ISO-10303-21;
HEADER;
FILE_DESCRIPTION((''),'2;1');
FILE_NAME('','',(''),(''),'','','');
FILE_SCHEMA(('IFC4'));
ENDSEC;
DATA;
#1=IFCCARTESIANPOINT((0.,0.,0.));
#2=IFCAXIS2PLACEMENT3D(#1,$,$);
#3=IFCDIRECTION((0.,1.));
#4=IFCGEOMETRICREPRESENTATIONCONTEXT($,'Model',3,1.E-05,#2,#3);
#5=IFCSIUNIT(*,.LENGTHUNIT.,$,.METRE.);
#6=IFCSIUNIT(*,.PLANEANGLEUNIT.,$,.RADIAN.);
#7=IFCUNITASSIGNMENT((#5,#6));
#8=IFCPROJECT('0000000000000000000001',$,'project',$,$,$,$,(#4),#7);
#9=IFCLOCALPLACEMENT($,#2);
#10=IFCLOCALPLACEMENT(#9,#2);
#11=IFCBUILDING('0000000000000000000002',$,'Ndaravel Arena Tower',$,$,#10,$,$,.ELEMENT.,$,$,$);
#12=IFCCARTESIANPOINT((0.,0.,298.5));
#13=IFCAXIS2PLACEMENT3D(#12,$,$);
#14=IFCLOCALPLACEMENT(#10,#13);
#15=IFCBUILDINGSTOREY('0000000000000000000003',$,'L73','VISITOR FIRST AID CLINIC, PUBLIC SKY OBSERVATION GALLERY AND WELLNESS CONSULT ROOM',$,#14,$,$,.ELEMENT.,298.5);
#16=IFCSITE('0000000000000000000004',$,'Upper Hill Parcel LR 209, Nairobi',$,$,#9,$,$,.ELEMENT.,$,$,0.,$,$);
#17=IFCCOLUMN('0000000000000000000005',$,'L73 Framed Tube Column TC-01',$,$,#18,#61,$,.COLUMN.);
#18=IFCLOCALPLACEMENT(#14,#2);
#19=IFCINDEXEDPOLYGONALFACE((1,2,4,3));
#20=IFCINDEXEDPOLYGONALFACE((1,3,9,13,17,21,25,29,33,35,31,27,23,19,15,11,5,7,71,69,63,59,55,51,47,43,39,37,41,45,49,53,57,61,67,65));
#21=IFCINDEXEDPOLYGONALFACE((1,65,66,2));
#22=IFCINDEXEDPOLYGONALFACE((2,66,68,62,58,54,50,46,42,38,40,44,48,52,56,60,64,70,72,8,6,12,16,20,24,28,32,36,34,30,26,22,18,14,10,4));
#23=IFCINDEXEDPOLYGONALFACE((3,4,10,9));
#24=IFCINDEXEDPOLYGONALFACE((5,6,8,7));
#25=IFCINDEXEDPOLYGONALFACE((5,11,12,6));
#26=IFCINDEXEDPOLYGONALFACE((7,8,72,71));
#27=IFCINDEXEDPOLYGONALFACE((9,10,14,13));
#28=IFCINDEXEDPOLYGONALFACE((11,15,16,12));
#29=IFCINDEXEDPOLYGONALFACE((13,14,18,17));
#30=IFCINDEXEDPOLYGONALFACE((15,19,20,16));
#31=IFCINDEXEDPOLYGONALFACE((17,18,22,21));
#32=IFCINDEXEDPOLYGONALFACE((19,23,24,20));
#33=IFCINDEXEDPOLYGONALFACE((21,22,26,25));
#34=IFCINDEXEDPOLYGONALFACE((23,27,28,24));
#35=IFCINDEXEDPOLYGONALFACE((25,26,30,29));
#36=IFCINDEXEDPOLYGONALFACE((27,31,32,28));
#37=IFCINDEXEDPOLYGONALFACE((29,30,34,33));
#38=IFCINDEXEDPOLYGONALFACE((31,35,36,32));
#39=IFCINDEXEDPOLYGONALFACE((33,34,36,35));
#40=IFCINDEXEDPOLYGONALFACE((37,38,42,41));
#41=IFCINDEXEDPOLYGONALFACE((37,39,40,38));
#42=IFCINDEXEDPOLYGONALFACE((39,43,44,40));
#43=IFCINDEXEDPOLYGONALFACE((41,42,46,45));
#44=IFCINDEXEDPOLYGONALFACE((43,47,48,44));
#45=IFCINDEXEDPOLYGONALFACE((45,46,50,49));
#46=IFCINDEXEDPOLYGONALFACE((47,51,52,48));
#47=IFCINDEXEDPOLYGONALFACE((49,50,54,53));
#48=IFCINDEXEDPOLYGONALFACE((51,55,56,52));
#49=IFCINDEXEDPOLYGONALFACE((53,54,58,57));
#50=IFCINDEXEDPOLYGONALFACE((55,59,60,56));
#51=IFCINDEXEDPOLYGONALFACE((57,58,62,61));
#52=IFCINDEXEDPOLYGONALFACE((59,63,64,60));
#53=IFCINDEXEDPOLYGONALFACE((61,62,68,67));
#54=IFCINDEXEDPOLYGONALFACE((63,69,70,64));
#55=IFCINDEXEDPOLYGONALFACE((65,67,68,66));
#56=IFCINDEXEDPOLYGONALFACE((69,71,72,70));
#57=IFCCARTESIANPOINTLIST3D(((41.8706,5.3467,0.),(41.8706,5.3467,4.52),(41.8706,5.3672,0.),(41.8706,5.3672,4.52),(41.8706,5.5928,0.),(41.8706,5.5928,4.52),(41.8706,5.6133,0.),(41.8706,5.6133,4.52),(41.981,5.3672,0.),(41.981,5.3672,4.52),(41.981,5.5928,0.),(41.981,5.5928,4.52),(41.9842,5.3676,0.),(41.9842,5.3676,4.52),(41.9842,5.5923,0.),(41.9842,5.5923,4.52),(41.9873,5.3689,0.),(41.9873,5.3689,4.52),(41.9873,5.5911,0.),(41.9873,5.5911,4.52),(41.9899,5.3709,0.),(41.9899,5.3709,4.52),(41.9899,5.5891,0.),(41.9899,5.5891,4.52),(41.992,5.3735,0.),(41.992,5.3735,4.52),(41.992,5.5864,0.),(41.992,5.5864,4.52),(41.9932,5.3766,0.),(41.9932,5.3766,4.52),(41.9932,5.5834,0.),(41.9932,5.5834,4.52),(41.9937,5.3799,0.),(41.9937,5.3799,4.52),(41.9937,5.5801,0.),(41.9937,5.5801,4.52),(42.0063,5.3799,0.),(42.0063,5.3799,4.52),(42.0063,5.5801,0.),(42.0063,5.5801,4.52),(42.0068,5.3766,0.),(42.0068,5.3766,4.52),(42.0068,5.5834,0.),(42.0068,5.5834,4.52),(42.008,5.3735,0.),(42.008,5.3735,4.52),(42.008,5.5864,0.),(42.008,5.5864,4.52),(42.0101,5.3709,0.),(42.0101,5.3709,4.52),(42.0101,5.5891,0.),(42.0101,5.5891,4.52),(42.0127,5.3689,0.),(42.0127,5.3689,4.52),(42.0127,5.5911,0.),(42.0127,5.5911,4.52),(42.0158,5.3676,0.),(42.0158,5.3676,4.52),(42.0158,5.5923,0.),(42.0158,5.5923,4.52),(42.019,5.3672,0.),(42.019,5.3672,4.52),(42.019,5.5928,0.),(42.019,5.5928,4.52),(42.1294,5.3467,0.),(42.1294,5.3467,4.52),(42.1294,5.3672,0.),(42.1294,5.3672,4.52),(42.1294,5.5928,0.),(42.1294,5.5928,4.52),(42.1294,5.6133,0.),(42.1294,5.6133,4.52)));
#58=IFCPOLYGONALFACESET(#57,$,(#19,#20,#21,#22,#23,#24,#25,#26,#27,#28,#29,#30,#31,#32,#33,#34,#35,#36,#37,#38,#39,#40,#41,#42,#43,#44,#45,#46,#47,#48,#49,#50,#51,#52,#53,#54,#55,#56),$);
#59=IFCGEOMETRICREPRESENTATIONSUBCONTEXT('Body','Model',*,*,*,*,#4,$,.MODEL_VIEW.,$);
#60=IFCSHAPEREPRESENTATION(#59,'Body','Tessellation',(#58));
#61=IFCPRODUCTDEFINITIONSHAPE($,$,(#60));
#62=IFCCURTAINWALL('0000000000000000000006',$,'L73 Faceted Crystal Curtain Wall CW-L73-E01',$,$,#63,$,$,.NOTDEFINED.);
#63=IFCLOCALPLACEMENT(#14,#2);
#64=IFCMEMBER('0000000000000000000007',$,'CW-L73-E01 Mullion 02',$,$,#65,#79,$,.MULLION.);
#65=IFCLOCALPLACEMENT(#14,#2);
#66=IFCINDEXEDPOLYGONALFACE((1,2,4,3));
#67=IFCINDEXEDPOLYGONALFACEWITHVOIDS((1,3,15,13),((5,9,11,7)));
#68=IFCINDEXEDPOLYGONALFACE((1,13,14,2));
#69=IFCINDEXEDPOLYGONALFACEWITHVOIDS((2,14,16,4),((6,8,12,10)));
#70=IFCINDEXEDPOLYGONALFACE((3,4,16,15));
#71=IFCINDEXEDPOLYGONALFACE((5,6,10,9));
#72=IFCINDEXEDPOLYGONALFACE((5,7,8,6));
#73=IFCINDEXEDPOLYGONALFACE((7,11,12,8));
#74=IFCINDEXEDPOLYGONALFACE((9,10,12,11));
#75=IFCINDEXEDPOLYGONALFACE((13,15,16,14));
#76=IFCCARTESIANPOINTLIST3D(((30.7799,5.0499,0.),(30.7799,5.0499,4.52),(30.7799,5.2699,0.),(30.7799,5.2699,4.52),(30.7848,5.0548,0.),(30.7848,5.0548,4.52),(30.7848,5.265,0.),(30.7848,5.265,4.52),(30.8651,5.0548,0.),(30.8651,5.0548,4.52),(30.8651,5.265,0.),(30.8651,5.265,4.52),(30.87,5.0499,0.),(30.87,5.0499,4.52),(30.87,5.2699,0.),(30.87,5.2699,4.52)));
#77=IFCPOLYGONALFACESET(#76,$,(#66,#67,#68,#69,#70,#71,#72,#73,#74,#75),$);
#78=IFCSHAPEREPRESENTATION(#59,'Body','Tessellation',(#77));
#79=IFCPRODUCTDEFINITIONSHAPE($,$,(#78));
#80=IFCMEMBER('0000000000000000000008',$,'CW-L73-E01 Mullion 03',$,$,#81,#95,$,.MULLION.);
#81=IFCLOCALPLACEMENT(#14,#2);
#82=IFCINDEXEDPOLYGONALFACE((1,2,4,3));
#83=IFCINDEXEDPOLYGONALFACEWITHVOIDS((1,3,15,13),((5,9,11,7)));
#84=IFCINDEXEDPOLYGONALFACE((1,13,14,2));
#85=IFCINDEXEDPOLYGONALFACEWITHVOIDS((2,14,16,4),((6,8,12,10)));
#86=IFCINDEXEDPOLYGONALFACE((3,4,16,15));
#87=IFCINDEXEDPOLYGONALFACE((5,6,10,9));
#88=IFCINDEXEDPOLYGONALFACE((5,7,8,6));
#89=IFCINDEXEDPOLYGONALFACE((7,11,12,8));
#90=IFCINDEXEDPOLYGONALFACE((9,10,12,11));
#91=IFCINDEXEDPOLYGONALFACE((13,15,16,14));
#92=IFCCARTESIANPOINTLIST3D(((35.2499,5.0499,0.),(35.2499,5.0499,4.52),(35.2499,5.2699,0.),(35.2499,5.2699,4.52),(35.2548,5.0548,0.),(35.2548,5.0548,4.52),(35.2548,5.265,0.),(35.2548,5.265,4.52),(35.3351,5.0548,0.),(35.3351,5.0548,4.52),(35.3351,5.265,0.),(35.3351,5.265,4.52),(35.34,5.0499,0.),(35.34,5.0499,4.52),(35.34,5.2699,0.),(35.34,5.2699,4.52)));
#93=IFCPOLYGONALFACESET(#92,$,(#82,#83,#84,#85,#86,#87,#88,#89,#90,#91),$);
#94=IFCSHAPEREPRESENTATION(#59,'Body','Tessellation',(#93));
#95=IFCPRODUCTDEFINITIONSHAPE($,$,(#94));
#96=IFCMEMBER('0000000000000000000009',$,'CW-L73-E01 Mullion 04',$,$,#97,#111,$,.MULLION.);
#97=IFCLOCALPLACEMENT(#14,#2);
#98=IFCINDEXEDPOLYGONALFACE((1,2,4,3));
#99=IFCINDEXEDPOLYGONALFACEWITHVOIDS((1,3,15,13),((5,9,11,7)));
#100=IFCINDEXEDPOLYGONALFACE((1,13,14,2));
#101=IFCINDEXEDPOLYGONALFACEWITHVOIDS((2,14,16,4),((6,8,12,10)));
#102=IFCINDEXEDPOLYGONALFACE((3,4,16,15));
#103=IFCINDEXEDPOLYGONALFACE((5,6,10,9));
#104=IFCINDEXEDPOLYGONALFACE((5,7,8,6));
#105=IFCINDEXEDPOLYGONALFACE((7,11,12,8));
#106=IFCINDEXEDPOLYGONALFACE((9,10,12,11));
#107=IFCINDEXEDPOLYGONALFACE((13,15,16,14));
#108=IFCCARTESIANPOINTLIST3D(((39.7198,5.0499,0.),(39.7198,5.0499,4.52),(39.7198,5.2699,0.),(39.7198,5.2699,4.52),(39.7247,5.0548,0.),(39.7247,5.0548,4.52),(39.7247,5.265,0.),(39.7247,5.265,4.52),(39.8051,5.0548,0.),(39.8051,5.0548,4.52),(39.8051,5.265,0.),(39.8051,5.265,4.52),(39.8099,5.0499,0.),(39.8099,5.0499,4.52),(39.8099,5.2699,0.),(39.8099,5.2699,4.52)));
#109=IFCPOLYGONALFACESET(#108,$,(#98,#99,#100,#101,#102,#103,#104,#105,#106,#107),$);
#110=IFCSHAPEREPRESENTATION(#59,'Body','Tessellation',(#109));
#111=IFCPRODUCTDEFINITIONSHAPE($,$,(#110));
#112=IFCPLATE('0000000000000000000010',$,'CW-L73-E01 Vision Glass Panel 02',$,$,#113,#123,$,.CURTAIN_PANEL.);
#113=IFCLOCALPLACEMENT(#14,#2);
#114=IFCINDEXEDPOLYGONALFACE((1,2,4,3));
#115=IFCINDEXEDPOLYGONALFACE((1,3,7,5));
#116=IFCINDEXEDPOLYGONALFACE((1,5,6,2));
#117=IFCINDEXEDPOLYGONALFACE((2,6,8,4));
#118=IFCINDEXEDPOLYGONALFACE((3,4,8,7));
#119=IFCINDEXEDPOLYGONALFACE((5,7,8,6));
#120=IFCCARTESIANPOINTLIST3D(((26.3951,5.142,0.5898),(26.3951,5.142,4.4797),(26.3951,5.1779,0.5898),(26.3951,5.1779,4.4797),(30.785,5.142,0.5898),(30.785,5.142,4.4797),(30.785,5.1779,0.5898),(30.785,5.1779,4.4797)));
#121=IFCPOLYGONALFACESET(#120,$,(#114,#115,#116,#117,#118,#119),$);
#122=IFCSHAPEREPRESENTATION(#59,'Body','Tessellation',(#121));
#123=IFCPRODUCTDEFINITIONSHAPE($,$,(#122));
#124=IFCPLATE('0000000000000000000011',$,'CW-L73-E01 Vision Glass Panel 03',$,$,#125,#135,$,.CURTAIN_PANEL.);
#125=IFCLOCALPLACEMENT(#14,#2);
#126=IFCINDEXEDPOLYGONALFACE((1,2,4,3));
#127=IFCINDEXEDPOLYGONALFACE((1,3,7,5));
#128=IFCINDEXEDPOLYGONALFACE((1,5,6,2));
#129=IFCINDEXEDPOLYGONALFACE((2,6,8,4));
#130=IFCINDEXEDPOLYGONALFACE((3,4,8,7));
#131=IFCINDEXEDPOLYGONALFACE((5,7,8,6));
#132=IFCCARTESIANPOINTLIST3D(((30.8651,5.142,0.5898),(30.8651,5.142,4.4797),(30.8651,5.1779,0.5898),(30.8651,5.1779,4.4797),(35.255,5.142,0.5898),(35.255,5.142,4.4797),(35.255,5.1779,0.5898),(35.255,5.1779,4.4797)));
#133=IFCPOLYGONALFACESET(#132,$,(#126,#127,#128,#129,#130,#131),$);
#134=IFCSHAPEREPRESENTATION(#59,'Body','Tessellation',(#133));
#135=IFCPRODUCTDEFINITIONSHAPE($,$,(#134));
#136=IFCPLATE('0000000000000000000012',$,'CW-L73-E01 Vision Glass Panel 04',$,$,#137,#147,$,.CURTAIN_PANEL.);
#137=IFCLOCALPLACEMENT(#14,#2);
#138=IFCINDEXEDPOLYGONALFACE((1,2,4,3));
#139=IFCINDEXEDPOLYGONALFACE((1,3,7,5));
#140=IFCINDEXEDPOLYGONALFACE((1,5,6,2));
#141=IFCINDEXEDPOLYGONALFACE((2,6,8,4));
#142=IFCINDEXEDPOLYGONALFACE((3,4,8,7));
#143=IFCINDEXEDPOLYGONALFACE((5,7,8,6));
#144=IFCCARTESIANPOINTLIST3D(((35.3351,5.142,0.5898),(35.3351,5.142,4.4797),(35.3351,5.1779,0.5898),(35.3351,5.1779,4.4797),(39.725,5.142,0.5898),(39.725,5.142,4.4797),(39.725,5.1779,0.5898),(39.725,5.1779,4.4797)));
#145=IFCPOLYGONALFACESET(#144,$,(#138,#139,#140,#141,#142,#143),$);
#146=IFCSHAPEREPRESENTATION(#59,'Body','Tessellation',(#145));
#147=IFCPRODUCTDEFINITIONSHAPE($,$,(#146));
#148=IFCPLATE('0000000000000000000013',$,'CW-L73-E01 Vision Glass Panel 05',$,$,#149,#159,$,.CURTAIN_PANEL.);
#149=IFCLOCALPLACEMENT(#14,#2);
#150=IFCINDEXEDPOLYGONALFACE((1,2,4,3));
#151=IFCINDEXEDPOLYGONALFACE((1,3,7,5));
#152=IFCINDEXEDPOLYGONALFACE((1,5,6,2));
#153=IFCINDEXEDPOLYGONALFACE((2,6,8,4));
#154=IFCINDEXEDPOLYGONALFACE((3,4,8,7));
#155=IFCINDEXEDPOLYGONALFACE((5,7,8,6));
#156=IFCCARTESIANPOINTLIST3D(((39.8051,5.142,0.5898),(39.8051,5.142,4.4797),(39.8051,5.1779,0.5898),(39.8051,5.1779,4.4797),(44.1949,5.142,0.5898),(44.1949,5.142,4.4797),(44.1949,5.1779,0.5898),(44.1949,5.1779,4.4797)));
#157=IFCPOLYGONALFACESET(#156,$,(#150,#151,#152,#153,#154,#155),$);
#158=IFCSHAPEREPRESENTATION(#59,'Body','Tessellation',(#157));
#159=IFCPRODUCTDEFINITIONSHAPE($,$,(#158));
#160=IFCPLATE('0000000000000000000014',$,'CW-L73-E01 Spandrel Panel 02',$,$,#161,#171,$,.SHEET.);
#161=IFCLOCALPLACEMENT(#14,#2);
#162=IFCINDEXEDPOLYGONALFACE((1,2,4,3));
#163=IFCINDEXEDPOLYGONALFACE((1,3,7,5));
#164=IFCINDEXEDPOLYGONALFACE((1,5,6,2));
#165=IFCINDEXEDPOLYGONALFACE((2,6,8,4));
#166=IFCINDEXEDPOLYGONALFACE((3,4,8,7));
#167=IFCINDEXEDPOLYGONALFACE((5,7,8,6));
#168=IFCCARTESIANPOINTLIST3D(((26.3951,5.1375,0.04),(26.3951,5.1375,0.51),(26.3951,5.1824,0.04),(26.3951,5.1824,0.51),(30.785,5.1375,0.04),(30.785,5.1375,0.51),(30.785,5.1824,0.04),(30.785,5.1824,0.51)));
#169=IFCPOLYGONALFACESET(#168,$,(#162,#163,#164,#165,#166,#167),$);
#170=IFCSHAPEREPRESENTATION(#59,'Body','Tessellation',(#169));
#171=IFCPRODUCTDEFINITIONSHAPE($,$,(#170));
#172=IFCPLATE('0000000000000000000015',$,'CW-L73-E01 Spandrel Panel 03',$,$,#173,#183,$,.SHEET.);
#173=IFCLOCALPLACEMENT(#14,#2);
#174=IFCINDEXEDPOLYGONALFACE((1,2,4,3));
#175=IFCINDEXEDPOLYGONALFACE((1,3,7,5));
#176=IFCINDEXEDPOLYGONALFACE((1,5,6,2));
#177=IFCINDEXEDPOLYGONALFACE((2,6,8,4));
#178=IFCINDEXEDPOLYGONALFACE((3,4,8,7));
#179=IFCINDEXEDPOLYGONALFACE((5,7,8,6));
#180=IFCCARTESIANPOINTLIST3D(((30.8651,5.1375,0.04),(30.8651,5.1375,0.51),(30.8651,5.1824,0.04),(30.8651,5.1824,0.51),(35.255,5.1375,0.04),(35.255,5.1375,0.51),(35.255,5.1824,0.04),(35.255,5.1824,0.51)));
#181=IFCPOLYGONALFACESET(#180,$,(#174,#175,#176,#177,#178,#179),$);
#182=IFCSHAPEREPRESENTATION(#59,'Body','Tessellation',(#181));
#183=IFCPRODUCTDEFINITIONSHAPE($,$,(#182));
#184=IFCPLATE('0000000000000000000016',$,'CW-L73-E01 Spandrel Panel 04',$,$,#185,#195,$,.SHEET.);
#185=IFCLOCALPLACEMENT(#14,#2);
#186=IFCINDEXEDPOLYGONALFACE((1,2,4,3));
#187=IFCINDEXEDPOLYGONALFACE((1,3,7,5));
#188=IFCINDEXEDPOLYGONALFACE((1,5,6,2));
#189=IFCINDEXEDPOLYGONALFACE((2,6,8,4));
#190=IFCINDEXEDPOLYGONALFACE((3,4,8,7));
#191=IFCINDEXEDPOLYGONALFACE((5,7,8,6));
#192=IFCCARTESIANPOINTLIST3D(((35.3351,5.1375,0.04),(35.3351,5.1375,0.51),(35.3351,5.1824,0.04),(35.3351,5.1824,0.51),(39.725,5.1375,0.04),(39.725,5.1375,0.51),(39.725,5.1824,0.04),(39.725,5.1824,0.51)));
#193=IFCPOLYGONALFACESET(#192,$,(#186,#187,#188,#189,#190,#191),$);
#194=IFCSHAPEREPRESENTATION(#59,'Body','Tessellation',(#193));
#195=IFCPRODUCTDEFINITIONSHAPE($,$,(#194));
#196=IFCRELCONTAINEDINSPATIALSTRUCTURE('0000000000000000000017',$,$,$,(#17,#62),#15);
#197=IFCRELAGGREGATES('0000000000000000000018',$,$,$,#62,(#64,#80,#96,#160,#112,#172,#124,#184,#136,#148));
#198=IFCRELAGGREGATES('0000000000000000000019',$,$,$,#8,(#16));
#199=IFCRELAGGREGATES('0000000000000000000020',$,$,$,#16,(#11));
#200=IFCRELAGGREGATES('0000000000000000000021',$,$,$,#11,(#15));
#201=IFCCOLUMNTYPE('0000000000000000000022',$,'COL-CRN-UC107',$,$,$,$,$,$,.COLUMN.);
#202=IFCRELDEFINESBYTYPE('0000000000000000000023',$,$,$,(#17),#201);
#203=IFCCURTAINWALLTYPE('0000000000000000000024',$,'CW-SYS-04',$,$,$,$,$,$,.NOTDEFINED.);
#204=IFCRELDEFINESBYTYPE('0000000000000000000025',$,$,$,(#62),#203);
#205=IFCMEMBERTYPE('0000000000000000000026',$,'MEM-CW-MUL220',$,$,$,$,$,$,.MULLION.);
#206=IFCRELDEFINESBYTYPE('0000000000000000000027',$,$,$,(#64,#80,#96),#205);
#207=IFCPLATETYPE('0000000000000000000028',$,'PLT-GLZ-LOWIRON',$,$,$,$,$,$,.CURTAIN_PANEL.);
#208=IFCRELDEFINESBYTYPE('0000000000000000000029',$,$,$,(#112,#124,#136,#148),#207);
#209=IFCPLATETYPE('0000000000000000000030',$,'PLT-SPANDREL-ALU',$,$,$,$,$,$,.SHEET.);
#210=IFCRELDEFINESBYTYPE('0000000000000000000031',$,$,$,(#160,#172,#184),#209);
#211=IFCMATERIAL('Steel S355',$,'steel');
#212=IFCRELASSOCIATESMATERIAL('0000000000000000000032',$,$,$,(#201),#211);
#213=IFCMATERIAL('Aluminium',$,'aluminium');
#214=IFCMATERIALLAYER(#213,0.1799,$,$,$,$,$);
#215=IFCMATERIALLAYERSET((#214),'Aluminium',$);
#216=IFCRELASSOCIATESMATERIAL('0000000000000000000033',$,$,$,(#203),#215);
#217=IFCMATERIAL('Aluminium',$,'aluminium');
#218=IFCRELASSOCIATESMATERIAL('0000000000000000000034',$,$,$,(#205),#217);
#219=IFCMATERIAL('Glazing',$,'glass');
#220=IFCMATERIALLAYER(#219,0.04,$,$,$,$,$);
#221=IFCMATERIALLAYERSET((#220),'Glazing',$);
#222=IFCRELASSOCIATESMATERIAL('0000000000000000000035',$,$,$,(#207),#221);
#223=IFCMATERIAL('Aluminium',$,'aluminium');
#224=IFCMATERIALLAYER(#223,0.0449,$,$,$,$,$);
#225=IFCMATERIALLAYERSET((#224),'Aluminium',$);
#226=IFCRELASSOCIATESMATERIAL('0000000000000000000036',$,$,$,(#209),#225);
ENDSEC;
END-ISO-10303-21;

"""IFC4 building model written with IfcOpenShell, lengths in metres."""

from ifc_helpers import new_model, si_unit, direction, frame, origin, origin_2d, place, context, subcontext, project, spatial, rectangle, hollow_rectangle, i_section, extrude, material, layer, layer_set, material_profile, profile_set, type_object, element, aggregate, save


model = new_model("IFC4")

# Units and contexts
model_context = context("Model", 3, precision=1e-05, world=origin(), true_north=direction((0.0, 1.0)))
body_context = subcontext(model_context, "Body", "Model", "MODEL_VIEW")
ifc_project = project(units=[si_unit("LENGTHUNIT", "METRE"), si_unit("PLANEANGLEUNIT", "RADIAN")], contexts=[model_context])

# Site, building, storey
site_placement = place(None, origin())
site = spatial("IfcSite", under=ifc_project, at=site_placement, Name="Upper Hill Parcel LR 209, Nairobi", CompositionType="ELEMENT", RefElevation=0.0)
building_placement = place(site_placement, origin())
building = spatial("IfcBuilding", under=site, at=building_placement, Name="Ndaravel Arena Tower", CompositionType="ELEMENT")
storey_placement = place(building_placement, frame((0.0, 0.0, 298.5)))
storey = spatial("IfcBuildingStorey", under=building, at=storey_placement, Name="L73", Description="VISITOR FIRST AID CLINIC, PUBLIC SKY OBSERVATION GALLERY AND WELLNESS CONSULT ROOM", CompositionType="ELEMENT", Elevation=298.5)

# Column
ifc_material_1 = material(Name="Steel S355", Category="steel")
ifc_material_profile_1 = material_profile(ifc_material_1, i_section(OverallWidth=0.2588, OverallDepth=0.2666, WebThickness=0.0127, FlangeThickness=0.0205, FilletRadius=0.0127, at=origin_2d()), Name="UC 254x254x107")
ifc_profile_set_1 = profile_set([ifc_material_profile_1], Name="Steel S355")
column_type = type_object("IfcColumnType", Name="COL-CRN-UC107", PredefinedType="COLUMN", material=ifc_profile_set_1)
column_placement = place(storey_placement, frame((42.0, 5.48, 0.0), z_axis=(0.0, 0.0, 1.0), x_axis=(1.0, 0.0, 0.0)))
element("IfcColumn", 1, at=column_placement, inside=storey, type_object=column_type, Name="L73 Framed Tube Column TC-01", PredefinedType="COLUMN", context=body_context, shape_type="SweptSolid", body=[
    extrude(i_section(OverallWidth=0.2588, OverallDepth=0.2666, WebThickness=0.0127, FlangeThickness=0.0205, FilletRadius=0.0127, at=origin_2d()), origin(), (0.0, 0.0, 1.0), 4.52),
])

# Curtain wall, members, plates
ifc_material_2 = material(Name="Aluminium", Category="aluminium")
ifc_layer_1 = layer(ifc_material_2, 0.1799)
ifc_layer_set_1 = layer_set([ifc_layer_1], Name="Aluminium")
curtain_wall_type = type_object("IfcCurtainWallType", Name="CW-SYS-04", PredefinedType="NOTDEFINED", material=ifc_layer_set_1)
curtain_wall_placement = place(storey_placement, origin())
curtain_wall = element("IfcCurtainWall", 2, at=curtain_wall_placement, inside=storey, type_object=curtain_wall_type, Name="L73 Faceted Crystal Curtain Wall CW-L73-E01", PredefinedType="NOTDEFINED")
ifc_material_3 = material(Name="Aluminium", Category="aluminium")
ifc_material_profile_2 = material_profile(ifc_material_3, hollow_rectangle(XDim=0.0901, YDim=0.22, WallThickness=0.0049, at=origin_2d()), Name="CW MULLION 90x220x5")
ifc_profile_set_2 = profile_set([ifc_material_profile_2], Name="Aluminium")
member_type = type_object("IfcMemberType", Name="MEM-CW-MUL220", PredefinedType="MULLION", material=ifc_profile_set_2)
member_1_placement = place(storey_placement, frame((30.825, 5.1599, 0.0), z_axis=(0.0, 0.0, 1.0), x_axis=(1.0, 0.0, 0.0)))
member_1 = element("IfcMember", 3, at=member_1_placement, type_object=member_type, Name="CW-L73-E01 Mullion 02", PredefinedType="MULLION", context=body_context, shape_type="SweptSolid", body=[
    extrude(hollow_rectangle(XDim=0.0901, YDim=0.22, WallThickness=0.0049, at=origin_2d()), origin(), (0.0, 0.0, 1.0), 4.52),
])
member_2_placement = place(storey_placement, frame((35.2949, 5.1599, 0.0), z_axis=(0.0, 0.0, 1.0), x_axis=(1.0, 0.0, 0.0)))
member_2 = element("IfcMember", 4, at=member_2_placement, type_object=member_type, Name="CW-L73-E01 Mullion 03", PredefinedType="MULLION", context=body_context, shape_type="SweptSolid", body=[
    extrude(hollow_rectangle(XDim=0.0901, YDim=0.22, WallThickness=0.0049, at=origin_2d()), origin(), (0.0, 0.0, 1.0), 4.52),
])
member_3_placement = place(storey_placement, frame((39.7649, 5.1599, 0.0), z_axis=(0.0, 0.0, 1.0), x_axis=(1.0, 0.0, 0.0)))
member_3 = element("IfcMember", 5, at=member_3_placement, type_object=member_type, Name="CW-L73-E01 Mullion 04", PredefinedType="MULLION", context=body_context, shape_type="SweptSolid", body=[
    extrude(hollow_rectangle(XDim=0.0901, YDim=0.22, WallThickness=0.0049, at=origin_2d()), origin(), (0.0, 0.0, 1.0), 4.52),
])
ifc_material_4 = material(Name="Glazing", Category="glass")
ifc_layer_2 = layer(ifc_material_4, 0.04)
ifc_layer_set_2 = layer_set([ifc_layer_2], Name="Glazing")
plate_type_1 = type_object("IfcPlateType", Name="PLT-GLZ-LOWIRON", PredefinedType="CURTAIN_PANEL", material=ifc_layer_set_2)
plate_1_placement = place(storey_placement, frame((28.5901, 5.1599, 0.5898), z_axis=(0.0, 0.0, 1.0), x_axis=(1.0, 0.0, 0.0)))
plate_1 = element("IfcPlate", 6, at=plate_1_placement, type_object=plate_type_1, Name="CW-L73-E01 Vision Glass Panel 02", PredefinedType="CURTAIN_PANEL", context=body_context, shape_type="SweptSolid", body=[
    extrude(rectangle(XDim=4.3899, YDim=0.0359, at=origin_2d()), origin(), (0.0, 0.0, 1.0), 3.8899),
])
plate_2_placement = place(storey_placement, frame((33.0601, 5.1599, 0.5898), z_axis=(0.0, 0.0, 1.0), x_axis=(1.0, 0.0, 0.0)))
plate_2 = element("IfcPlate", 7, at=plate_2_placement, type_object=plate_type_1, Name="CW-L73-E01 Vision Glass Panel 03", PredefinedType="CURTAIN_PANEL", context=body_context, shape_type="SweptSolid", body=[
    extrude(rectangle(XDim=4.3899, YDim=0.0359, at=origin_2d()), origin(), (0.0, 0.0, 1.0), 3.8899),
])
plate_3_placement = place(storey_placement, frame((37.53, 5.1599, 0.5898), z_axis=(0.0, 0.0, 1.0), x_axis=(1.0, 0.0, 0.0)))
plate_3 = element("IfcPlate", 8, at=plate_3_placement, type_object=plate_type_1, Name="CW-L73-E01 Vision Glass Panel 04", PredefinedType="CURTAIN_PANEL", context=body_context, shape_type="SweptSolid", body=[
    extrude(rectangle(XDim=4.3899, YDim=0.0359, at=origin_2d()), origin(), (0.0, 0.0, 1.0), 3.8899),
])
plate_4_placement = place(storey_placement, frame((42.0, 5.1599, 0.5898), z_axis=(0.0, 0.0, 1.0), x_axis=(1.0, 0.0, 0.0)))
plate_4 = element("IfcPlate", 9, at=plate_4_placement, type_object=plate_type_1, Name="CW-L73-E01 Vision Glass Panel 05", PredefinedType="CURTAIN_PANEL", context=body_context, shape_type="SweptSolid", body=[
    extrude(rectangle(XDim=4.3899, YDim=0.0359, at=origin_2d()), origin(), (0.0, 0.0, 1.0), 3.8899),
])
ifc_material_5 = material(Name="Aluminium", Category="aluminium")
ifc_layer_3 = layer(ifc_material_5, 0.0449)
ifc_layer_set_3 = layer_set([ifc_layer_3], Name="Aluminium")
plate_type_2 = type_object("IfcPlateType", Name="PLT-SPANDREL-ALU", PredefinedType="SHEET", material=ifc_layer_set_3)
plate_5_placement = place(storey_placement, frame((28.5901, 5.1599, 0.04), z_axis=(0.0, 0.0, 1.0), x_axis=(1.0, 0.0, 0.0)))
plate_5 = element("IfcPlate", 10, at=plate_5_placement, type_object=plate_type_2, Name="CW-L73-E01 Spandrel Panel 02", PredefinedType="SHEET", context=body_context, shape_type="SweptSolid", body=[
    extrude(rectangle(XDim=4.3899, YDim=0.0449, at=origin_2d()), origin(), (0.0, 0.0, 1.0), 0.47),
])
plate_6_placement = place(storey_placement, frame((33.0601, 5.1599, 0.04), z_axis=(0.0, 0.0, 1.0), x_axis=(1.0, 0.0, 0.0)))
plate_6 = element("IfcPlate", 11, at=plate_6_placement, type_object=plate_type_2, Name="CW-L73-E01 Spandrel Panel 03", PredefinedType="SHEET", context=body_context, shape_type="SweptSolid", body=[
    extrude(rectangle(XDim=4.3899, YDim=0.0449, at=origin_2d()), origin(), (0.0, 0.0, 1.0), 0.47),
])
plate_7_placement = place(storey_placement, frame((37.53, 5.1599, 0.04), z_axis=(0.0, 0.0, 1.0), x_axis=(1.0, 0.0, 0.0)))
plate_7 = element("IfcPlate", 12, at=plate_7_placement, type_object=plate_type_2, Name="CW-L73-E01 Spandrel Panel 04", PredefinedType="SHEET", context=body_context, shape_type="SweptSolid", body=[
    extrude(rectangle(XDim=4.3899, YDim=0.0449, at=origin_2d()), origin(), (0.0, 0.0, 1.0), 0.47),
])
aggregate(curtain_wall, [member_1, member_2, member_3, plate_5, plate_1, plate_6, plate_2, plate_7, plate_3, plate_4])

save(model, "model.ifc")
